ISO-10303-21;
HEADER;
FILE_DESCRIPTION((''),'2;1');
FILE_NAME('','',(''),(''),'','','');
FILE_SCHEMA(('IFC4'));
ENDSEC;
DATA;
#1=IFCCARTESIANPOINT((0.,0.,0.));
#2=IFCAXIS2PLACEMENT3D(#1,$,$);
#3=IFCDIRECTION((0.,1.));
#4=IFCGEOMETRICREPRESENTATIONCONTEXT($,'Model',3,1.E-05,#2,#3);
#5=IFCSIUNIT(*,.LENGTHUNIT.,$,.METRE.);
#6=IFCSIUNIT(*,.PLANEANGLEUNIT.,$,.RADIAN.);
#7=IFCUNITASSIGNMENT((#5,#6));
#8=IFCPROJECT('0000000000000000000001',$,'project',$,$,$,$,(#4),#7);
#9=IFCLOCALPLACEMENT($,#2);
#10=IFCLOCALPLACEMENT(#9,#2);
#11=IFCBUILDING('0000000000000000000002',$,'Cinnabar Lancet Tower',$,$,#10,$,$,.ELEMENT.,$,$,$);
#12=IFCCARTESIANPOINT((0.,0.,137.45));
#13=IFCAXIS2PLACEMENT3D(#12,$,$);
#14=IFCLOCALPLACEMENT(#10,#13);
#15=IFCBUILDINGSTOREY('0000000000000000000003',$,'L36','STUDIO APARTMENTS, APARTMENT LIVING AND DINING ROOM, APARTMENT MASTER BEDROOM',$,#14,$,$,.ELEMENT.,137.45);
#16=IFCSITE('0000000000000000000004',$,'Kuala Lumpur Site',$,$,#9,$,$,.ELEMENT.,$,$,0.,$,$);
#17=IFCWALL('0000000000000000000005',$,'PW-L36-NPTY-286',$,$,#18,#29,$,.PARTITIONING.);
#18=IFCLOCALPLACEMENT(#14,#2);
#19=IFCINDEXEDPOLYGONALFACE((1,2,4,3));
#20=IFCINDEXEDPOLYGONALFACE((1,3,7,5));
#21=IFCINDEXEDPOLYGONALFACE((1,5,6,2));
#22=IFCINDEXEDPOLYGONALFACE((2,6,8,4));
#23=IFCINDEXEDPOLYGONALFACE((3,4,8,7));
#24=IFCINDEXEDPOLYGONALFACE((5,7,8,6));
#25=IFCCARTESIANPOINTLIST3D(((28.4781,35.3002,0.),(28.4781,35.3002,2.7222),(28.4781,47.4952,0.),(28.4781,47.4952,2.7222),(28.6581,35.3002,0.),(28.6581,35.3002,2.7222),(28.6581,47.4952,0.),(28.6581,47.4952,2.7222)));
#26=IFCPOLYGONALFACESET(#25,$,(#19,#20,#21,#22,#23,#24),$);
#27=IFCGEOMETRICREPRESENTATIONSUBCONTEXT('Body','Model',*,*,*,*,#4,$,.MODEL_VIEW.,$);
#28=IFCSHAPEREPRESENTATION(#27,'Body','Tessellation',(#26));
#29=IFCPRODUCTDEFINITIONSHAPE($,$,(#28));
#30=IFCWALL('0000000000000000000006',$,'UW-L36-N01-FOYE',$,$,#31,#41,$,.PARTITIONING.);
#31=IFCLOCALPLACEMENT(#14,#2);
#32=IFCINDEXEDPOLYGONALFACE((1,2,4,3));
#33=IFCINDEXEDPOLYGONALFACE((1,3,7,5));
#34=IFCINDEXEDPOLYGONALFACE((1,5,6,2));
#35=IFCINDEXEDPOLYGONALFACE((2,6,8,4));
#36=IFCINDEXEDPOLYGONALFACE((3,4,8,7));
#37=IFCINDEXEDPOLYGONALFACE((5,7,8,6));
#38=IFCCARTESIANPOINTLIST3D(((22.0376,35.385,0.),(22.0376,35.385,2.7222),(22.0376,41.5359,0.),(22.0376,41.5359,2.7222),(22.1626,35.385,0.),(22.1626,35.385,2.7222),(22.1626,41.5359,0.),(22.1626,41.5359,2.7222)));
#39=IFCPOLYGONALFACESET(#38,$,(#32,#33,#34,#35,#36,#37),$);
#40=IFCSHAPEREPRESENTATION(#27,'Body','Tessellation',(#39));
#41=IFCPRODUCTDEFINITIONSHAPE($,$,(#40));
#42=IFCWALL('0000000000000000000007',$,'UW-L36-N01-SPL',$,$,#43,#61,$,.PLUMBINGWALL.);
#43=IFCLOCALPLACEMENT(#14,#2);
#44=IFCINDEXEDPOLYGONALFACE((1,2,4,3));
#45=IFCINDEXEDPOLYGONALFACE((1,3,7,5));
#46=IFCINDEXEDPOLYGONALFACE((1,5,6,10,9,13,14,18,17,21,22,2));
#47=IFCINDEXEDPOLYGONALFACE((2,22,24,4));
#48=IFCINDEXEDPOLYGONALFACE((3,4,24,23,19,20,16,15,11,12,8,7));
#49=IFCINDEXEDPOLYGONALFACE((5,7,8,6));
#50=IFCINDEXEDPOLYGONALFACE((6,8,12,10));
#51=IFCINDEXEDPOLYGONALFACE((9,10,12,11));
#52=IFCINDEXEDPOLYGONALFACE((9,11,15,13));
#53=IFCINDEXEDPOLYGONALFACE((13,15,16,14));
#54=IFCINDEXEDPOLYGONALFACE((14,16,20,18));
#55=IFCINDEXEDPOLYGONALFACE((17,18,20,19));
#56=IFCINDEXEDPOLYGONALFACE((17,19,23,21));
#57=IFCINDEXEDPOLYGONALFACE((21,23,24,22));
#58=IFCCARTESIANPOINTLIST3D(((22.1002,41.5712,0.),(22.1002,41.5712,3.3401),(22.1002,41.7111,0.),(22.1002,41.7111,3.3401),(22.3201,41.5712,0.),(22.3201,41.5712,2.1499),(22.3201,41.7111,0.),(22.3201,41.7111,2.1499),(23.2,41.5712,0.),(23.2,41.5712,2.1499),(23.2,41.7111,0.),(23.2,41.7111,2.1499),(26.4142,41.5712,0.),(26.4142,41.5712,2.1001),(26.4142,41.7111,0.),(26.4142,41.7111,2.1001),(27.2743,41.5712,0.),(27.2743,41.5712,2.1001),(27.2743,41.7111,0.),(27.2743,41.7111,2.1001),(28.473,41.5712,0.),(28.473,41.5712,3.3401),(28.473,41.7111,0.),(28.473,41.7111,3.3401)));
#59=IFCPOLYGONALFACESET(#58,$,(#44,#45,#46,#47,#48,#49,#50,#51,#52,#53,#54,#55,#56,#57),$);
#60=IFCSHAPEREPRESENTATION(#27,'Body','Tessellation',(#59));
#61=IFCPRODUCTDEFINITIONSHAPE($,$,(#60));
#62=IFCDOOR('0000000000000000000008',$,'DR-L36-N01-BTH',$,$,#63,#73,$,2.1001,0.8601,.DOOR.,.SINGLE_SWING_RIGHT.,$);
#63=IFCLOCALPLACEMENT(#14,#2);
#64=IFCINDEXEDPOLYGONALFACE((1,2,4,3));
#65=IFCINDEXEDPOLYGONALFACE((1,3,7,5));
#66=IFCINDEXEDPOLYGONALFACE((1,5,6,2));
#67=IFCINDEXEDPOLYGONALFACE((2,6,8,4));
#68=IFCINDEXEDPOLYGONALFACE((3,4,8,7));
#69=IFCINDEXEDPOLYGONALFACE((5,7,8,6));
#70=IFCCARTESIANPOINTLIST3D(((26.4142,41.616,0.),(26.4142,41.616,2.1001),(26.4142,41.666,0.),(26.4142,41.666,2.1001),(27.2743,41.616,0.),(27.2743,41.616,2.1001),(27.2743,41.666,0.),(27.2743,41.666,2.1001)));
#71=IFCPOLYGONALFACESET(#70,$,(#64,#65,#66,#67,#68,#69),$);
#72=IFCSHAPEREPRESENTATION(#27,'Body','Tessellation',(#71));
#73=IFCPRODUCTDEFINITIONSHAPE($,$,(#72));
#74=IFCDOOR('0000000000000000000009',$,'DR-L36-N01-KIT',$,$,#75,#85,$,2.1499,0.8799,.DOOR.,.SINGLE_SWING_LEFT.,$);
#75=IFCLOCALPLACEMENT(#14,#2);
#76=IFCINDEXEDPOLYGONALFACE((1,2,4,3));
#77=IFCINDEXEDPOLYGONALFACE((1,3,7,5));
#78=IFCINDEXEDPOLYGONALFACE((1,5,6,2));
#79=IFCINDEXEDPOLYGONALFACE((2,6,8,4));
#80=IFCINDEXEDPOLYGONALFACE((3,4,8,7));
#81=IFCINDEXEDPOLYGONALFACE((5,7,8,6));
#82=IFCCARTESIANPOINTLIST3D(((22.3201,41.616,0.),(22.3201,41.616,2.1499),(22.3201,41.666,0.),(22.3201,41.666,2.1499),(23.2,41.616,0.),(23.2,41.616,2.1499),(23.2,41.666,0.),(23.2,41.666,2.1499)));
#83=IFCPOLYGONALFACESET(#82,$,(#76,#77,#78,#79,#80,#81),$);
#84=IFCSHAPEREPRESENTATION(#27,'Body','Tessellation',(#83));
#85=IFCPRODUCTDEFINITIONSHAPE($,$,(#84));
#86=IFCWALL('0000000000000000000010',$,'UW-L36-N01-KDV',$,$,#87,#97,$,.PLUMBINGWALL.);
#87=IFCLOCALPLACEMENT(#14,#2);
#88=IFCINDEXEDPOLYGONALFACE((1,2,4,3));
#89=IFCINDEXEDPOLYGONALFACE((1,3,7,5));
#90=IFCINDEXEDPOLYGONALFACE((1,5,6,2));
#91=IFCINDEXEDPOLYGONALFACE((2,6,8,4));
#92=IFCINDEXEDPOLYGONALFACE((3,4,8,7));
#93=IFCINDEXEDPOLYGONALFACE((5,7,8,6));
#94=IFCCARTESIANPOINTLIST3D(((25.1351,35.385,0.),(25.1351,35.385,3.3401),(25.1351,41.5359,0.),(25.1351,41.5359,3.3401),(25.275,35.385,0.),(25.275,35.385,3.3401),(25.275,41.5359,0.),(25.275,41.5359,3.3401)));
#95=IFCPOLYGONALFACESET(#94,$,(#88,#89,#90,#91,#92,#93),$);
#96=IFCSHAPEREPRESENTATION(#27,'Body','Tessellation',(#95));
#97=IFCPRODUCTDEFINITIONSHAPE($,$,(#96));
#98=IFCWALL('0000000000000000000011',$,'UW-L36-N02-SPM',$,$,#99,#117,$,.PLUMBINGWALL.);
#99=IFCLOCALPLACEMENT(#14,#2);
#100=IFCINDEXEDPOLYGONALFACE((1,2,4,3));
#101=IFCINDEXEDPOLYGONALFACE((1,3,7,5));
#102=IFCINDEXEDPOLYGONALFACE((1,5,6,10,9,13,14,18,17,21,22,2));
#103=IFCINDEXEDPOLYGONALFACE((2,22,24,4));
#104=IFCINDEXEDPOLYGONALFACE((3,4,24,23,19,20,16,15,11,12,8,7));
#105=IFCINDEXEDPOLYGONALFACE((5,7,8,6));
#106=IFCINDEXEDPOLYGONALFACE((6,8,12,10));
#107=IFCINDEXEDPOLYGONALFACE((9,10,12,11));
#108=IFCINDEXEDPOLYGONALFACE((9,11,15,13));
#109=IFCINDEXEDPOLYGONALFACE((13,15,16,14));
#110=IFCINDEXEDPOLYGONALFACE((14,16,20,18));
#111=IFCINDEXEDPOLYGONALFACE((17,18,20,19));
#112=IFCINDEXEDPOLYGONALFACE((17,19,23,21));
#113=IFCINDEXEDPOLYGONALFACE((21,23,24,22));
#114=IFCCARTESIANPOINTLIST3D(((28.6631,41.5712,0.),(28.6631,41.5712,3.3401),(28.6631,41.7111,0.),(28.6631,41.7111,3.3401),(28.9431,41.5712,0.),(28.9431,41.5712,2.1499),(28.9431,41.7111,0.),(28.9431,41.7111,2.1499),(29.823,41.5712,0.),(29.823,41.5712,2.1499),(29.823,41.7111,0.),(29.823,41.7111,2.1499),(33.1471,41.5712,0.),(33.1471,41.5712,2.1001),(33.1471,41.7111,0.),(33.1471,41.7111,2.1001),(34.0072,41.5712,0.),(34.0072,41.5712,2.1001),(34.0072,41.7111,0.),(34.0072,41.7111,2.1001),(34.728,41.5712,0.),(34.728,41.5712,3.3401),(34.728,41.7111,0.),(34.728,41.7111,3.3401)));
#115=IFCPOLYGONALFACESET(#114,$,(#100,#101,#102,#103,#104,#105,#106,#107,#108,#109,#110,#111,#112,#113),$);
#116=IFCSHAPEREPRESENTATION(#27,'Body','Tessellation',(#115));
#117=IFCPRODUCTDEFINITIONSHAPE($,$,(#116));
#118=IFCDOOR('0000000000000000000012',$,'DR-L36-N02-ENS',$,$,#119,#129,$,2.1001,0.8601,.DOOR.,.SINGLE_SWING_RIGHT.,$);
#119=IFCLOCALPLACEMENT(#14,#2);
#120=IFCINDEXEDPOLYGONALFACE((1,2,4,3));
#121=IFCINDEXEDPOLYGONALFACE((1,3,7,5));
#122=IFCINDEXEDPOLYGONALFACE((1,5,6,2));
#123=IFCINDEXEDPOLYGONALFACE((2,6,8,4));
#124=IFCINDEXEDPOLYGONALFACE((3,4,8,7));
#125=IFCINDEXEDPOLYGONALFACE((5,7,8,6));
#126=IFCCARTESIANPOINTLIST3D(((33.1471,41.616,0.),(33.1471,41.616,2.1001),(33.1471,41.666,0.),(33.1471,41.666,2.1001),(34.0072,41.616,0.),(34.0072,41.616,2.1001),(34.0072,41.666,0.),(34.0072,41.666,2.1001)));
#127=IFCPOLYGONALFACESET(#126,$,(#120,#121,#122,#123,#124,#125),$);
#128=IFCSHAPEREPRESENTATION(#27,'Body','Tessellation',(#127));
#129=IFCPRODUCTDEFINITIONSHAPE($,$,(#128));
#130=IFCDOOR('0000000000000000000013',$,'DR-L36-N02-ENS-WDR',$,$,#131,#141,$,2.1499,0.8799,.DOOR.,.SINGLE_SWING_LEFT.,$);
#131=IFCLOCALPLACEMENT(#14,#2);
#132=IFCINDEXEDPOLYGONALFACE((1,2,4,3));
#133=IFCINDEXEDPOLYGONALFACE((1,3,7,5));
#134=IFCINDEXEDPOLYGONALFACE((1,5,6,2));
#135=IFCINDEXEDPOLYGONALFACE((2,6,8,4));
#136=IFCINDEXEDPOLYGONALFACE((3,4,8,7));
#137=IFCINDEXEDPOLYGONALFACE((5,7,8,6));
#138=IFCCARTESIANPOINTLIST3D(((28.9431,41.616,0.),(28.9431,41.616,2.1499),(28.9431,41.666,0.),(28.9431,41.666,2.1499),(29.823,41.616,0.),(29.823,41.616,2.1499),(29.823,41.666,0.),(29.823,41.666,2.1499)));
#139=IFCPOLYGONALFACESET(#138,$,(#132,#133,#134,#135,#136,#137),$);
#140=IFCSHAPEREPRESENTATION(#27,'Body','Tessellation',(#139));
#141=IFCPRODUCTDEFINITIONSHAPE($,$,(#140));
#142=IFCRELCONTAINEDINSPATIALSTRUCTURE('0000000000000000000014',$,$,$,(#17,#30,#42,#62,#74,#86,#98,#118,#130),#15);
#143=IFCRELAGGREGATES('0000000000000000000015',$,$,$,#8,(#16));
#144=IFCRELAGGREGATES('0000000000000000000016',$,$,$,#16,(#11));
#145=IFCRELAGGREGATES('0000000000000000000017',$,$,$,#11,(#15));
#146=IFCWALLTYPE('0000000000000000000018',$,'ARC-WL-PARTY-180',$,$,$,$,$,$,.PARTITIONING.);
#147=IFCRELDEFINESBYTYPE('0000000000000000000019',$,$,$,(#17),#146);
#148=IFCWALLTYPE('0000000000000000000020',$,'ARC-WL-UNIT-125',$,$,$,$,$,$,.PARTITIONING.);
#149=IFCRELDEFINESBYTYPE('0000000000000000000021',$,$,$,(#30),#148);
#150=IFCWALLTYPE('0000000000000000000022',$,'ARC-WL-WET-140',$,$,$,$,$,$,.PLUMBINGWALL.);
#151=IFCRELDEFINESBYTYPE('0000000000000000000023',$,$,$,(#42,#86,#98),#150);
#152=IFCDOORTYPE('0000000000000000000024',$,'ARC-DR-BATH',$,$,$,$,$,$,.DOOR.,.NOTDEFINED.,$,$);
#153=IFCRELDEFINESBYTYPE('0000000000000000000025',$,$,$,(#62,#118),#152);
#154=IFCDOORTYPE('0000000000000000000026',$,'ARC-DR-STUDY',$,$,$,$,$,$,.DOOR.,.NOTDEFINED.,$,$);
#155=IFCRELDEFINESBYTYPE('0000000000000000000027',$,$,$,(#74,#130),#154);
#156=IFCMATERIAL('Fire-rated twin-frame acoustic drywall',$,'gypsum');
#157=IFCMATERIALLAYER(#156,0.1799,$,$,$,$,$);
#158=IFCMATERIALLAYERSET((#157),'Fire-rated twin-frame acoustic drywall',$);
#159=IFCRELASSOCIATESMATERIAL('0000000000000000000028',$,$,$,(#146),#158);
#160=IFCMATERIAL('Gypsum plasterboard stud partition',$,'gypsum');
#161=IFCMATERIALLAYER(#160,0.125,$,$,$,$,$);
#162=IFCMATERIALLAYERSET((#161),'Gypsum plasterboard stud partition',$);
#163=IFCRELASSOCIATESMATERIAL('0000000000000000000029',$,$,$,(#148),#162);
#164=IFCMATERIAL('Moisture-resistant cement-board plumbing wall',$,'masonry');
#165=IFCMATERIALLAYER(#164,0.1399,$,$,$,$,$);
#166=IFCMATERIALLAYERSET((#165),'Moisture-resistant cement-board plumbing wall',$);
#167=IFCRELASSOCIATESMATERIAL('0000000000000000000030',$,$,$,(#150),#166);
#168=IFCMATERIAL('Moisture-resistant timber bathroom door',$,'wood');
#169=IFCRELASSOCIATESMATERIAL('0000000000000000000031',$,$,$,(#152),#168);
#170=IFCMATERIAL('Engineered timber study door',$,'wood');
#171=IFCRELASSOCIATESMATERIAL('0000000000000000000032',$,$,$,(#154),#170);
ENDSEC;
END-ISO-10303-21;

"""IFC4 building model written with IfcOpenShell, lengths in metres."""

from ifc_helpers import new_model, si_unit, direction, frame, frame_2d, origin, place, context, subcontext, project, spatial, rectangle, extrude, material, layer, layer_set, type_object, element, fill, save


model = new_model("IFC4")

# Units and contexts
model_context = context("Model", 3, precision=1e-05, world=origin(), true_north=direction((0.0, 1.0)))
body_context = subcontext(model_context, "Body", "Model", "MODEL_VIEW")
ifc_project = project(units=[si_unit("LENGTHUNIT", "METRE"), si_unit("PLANEANGLEUNIT", "RADIAN")], contexts=[model_context])

# Site, building, storey
site_placement = place(None, origin())
site = spatial("IfcSite", under=ifc_project, at=site_placement, Name="Kuala Lumpur Site", CompositionType="ELEMENT", RefElevation=0.0)
building_placement = place(site_placement, origin())
building = spatial("IfcBuilding", under=site, at=building_placement, Name="Cinnabar Lancet Tower", CompositionType="ELEMENT")
storey_placement = place(building_placement, frame((0.0, 0.0, 137.45)))
storey = spatial("IfcBuildingStorey", under=building, at=storey_placement, Name="L36", Description="STUDIO APARTMENTS, APARTMENT LIVING AND DINING ROOM, APARTMENT MASTER BEDROOM", CompositionType="ELEMENT", Elevation=137.45)

# Walls
ifc_material_1 = material(Name="Fire-rated twin-frame acoustic drywall", Category="gypsum")
ifc_layer_1 = layer(ifc_material_1, 0.1799)
ifc_layer_set_1 = layer_set([ifc_layer_1], Name="Fire-rated twin-frame acoustic drywall")
wall_type_1 = type_object("IfcWallType", Name="ARC-WL-PARTY-180", PredefinedType="PARTITIONING", material=ifc_layer_set_1)
wall_1_placement = place(storey_placement, frame((28.5681, 35.3, 0.0), z_axis=(0.0, 0.0, 1.0), x_axis=(0.0, 1.0, 0.0)))
element("IfcWall", 1, at=wall_1_placement, inside=storey, type_object=wall_type_1, Name="PW-L36-NPTY-286", PredefinedType="PARTITIONING", context=body_context, shape_type="SweptSolid", body=[
    extrude(rectangle(XDim=12.1951, YDim=0.1799, at=frame_2d((6.0977, 0.0))), origin(), (0.0, 0.0, 1.0), 2.7222),
])
ifc_material_2 = material(Name="Gypsum plasterboard stud partition", Category="gypsum")
ifc_layer_2 = layer(ifc_material_2, 0.125)
ifc_layer_set_2 = layer_set([ifc_layer_2], Name="Gypsum plasterboard stud partition")
wall_type_2 = type_object("IfcWallType", Name="ARC-WL-UNIT-125", PredefinedType="PARTITIONING", material=ifc_layer_set_2)
wall_2_placement = place(storey_placement, frame((22.1001, 35.385, 0.0), z_axis=(0.0, 0.0, 1.0), x_axis=(0.0, 1.0, 0.0)))
element("IfcWall", 2, at=wall_2_placement, inside=storey, type_object=wall_type_2, Name="UW-L36-N01-FOYE", PredefinedType="PARTITIONING", context=body_context, shape_type="SweptSolid", body=[
    extrude(rectangle(XDim=6.1509, YDim=0.125, at=frame_2d((3.0754, 0.0))), origin(), (0.0, 0.0, 1.0), 2.7222),
])

# Wall, openings, doors
ifc_material_3 = material(Name="Moisture-resistant cement-board plumbing wall", Category="masonry")
ifc_layer_3 = layer(ifc_material_3, 0.1399)
ifc_layer_set_3 = layer_set([ifc_layer_3], Name="Moisture-resistant cement-board plumbing wall")
wall_type_3 = type_object("IfcWallType", Name="ARC-WL-WET-140", PredefinedType="PLUMBINGWALL", material=ifc_layer_set_3)
wall_3_placement = place(storey_placement, frame((22.1001, 41.6411, 0.0), z_axis=(0.0, 0.0, 1.0), x_axis=(1.0, 0.0, 0.0)))
wall_3 = element("IfcWall", 3, at=wall_3_placement, inside=storey, type_object=wall_type_3, Name="UW-L36-N01-SPL", PredefinedType="PLUMBINGWALL", context=body_context, shape_type="SweptSolid", body=[
    extrude(rectangle(XDim=6.3728, YDim=0.1399, at=frame_2d((3.1865, 0.0))), origin(), (0.0, 0.0, 1.0), 3.3401),
])
opening_1_placement = place(wall_3_placement, frame((4.314, 0.0, 0.0)))
opening_1 = element("IfcOpeningElement", 4, at=opening_1_placement, cuts=wall_3, PredefinedType="OPENING", context=body_context, shape_type="SweptSolid", body=[
    extrude(rectangle(XDim=0.8601, YDim=2.1001, at=frame_2d((0.4302, 1.05))), frame((0.0, 0.0798, 0.0), z_axis=(0.0, -1.0, 0.0), x_axis=(1.0, 0.0, 0.0)), (0.0, 0.0, 1.0), 0.1599),
])
opening_2_placement = place(wall_3_placement, frame((0.22, 0.0, 0.0)))
opening_2 = element("IfcOpeningElement", 5, at=opening_2_placement, cuts=wall_3, PredefinedType="OPENING", context=body_context, shape_type="SweptSolid", body=[
    extrude(rectangle(XDim=0.8799, YDim=2.1499, at=frame_2d((0.4399, 1.075))), frame((0.0, 0.0798, 0.0), z_axis=(0.0, -1.0, 0.0), x_axis=(1.0, 0.0, 0.0)), (0.0, 0.0, 1.0), 0.1599),
])
ifc_material_4 = material(Name="Moisture-resistant timber bathroom door", Category="wood")
door_type_1 = type_object("IfcDoorType", Name="ARC-DR-BATH", OperationType="NOTDEFINED", PredefinedType="DOOR", material=ifc_material_4)
door_1_placement = place(opening_1_placement, origin())
door_1 = element("IfcDoor", 6, at=door_1_placement, inside=storey, type_object=door_type_1, Name="DR-L36-N01-BTH", OperationType="SINGLE_SWING_RIGHT", OverallHeight=2.1001, OverallWidth=0.8601, PredefinedType="DOOR", context=body_context, shape_type="SweptSolid", body=[
    extrude(rectangle(XDim=0.8601, YDim=2.1001, at=frame_2d((0.4302, 1.05))), frame((0.0, 0.0249, 0.0), z_axis=(0.0, -1.0, 0.0), x_axis=(1.0, 0.0, 0.0)), (0.0, 0.0, 1.0), 0.05),
])
fill(opening_1, door_1)
ifc_material_5 = material(Name="Engineered timber study door", Category="wood")
door_type_2 = type_object("IfcDoorType", Name="ARC-DR-STUDY", OperationType="NOTDEFINED", PredefinedType="DOOR", material=ifc_material_5)
door_2_placement = place(opening_2_placement, origin())
door_2 = element("IfcDoor", 7, at=door_2_placement, inside=storey, type_object=door_type_2, Name="DR-L36-N01-KIT", OperationType="SINGLE_SWING_LEFT", OverallHeight=2.1499, OverallWidth=0.8799, PredefinedType="DOOR", context=body_context, shape_type="SweptSolid", body=[
    extrude(rectangle(XDim=0.8799, YDim=2.1499, at=frame_2d((0.4399, 1.075))), frame((0.0, 0.0249, 0.0), z_axis=(0.0, -1.0, 0.0), x_axis=(1.0, 0.0, 0.0)), (0.0, 0.0, 1.0), 0.05),
])
fill(opening_2, door_2)

# Wall
wall_4_placement = place(storey_placement, frame((25.2051, 35.385, 0.0), z_axis=(0.0, 0.0, 1.0), x_axis=(0.0, 1.0, 0.0)))
element("IfcWall", 8, at=wall_4_placement, inside=storey, type_object=wall_type_3, Name="UW-L36-N01-KDV", PredefinedType="PLUMBINGWALL", context=body_context, shape_type="SweptSolid", body=[
    extrude(rectangle(XDim=6.1509, YDim=0.1399, at=frame_2d((3.0754, 0.0))), origin(), (0.0, 0.0, 1.0), 3.3401),
])

# Wall, openings, doors
wall_5_placement = place(storey_placement, frame((28.6631, 41.6411, 0.0), z_axis=(0.0, 0.0, 1.0), x_axis=(1.0, 0.0, 0.0)))
wall_5 = element("IfcWall", 9, at=wall_5_placement, inside=storey, type_object=wall_type_3, Name="UW-L36-N02-SPM", PredefinedType="PLUMBINGWALL", context=body_context, shape_type="SweptSolid", body=[
    extrude(rectangle(XDim=6.0649, YDim=0.1399, at=frame_2d((3.0325, 0.0))), origin(), (0.0, 0.0, 1.0), 3.3401),
])
opening_3_placement = place(wall_5_placement, frame((0.28, 0.0, 0.0)))
opening_3 = element("IfcOpeningElement", 10, at=opening_3_placement, cuts=wall_5, PredefinedType="OPENING", context=body_context, shape_type="SweptSolid", body=[
    extrude(rectangle(XDim=0.8799, YDim=2.1499, at=frame_2d((0.4399, 1.075))), frame((0.0, 0.0798, 0.0), z_axis=(0.0, -1.0, 0.0), x_axis=(1.0, 0.0, 0.0)), (0.0, 0.0, 1.0), 0.1599),
])
opening_4_placement = place(wall_5_placement, frame((4.4839, 0.0, 0.0)))
opening_4 = element("IfcOpeningElement", 11, at=opening_4_placement, cuts=wall_5, PredefinedType="OPENING", context=body_context, shape_type="SweptSolid", body=[
    extrude(rectangle(XDim=0.8601, YDim=2.1001, at=frame_2d((0.4302, 1.05))), frame((0.0, 0.0798, 0.0), z_axis=(0.0, -1.0, 0.0), x_axis=(1.0, 0.0, 0.0)), (0.0, 0.0, 1.0), 0.1599),
])
door_3_placement = place(opening_4_placement, origin())
door_3 = element("IfcDoor", 12, at=door_3_placement, inside=storey, type_object=door_type_1, Name="DR-L36-N02-ENS", OperationType="SINGLE_SWING_RIGHT", OverallHeight=2.1001, OverallWidth=0.8601, PredefinedType="DOOR", context=body_context, shape_type="SweptSolid", body=[
    extrude(rectangle(XDim=0.8601, YDim=2.1001, at=frame_2d((0.4302, 1.05))), frame((0.0, 0.0249, 0.0), z_axis=(0.0, -1.0, 0.0), x_axis=(1.0, 0.0, 0.0)), (0.0, 0.0, 1.0), 0.05),
])
fill(opening_4, door_3)
door_4_placement = place(opening_3_placement, origin())
door_4 = element("IfcDoor", 13, at=door_4_placement, inside=storey, type_object=door_type_2, Name="DR-L36-N02-ENS-WDR", OperationType="SINGLE_SWING_LEFT", OverallHeight=2.1499, OverallWidth=0.8799, PredefinedType="DOOR", context=body_context, shape_type="SweptSolid", body=[
    extrude(rectangle(XDim=0.8799, YDim=2.1499, at=frame_2d((0.4399, 1.075))), frame((0.0, 0.0249, 0.0), z_axis=(0.0, -1.0, 0.0), x_axis=(1.0, 0.0, 0.0)), (0.0, 0.0, 1.0), 0.05),
])
fill(opening_3, door_4)

save(model, "model.ifc")
